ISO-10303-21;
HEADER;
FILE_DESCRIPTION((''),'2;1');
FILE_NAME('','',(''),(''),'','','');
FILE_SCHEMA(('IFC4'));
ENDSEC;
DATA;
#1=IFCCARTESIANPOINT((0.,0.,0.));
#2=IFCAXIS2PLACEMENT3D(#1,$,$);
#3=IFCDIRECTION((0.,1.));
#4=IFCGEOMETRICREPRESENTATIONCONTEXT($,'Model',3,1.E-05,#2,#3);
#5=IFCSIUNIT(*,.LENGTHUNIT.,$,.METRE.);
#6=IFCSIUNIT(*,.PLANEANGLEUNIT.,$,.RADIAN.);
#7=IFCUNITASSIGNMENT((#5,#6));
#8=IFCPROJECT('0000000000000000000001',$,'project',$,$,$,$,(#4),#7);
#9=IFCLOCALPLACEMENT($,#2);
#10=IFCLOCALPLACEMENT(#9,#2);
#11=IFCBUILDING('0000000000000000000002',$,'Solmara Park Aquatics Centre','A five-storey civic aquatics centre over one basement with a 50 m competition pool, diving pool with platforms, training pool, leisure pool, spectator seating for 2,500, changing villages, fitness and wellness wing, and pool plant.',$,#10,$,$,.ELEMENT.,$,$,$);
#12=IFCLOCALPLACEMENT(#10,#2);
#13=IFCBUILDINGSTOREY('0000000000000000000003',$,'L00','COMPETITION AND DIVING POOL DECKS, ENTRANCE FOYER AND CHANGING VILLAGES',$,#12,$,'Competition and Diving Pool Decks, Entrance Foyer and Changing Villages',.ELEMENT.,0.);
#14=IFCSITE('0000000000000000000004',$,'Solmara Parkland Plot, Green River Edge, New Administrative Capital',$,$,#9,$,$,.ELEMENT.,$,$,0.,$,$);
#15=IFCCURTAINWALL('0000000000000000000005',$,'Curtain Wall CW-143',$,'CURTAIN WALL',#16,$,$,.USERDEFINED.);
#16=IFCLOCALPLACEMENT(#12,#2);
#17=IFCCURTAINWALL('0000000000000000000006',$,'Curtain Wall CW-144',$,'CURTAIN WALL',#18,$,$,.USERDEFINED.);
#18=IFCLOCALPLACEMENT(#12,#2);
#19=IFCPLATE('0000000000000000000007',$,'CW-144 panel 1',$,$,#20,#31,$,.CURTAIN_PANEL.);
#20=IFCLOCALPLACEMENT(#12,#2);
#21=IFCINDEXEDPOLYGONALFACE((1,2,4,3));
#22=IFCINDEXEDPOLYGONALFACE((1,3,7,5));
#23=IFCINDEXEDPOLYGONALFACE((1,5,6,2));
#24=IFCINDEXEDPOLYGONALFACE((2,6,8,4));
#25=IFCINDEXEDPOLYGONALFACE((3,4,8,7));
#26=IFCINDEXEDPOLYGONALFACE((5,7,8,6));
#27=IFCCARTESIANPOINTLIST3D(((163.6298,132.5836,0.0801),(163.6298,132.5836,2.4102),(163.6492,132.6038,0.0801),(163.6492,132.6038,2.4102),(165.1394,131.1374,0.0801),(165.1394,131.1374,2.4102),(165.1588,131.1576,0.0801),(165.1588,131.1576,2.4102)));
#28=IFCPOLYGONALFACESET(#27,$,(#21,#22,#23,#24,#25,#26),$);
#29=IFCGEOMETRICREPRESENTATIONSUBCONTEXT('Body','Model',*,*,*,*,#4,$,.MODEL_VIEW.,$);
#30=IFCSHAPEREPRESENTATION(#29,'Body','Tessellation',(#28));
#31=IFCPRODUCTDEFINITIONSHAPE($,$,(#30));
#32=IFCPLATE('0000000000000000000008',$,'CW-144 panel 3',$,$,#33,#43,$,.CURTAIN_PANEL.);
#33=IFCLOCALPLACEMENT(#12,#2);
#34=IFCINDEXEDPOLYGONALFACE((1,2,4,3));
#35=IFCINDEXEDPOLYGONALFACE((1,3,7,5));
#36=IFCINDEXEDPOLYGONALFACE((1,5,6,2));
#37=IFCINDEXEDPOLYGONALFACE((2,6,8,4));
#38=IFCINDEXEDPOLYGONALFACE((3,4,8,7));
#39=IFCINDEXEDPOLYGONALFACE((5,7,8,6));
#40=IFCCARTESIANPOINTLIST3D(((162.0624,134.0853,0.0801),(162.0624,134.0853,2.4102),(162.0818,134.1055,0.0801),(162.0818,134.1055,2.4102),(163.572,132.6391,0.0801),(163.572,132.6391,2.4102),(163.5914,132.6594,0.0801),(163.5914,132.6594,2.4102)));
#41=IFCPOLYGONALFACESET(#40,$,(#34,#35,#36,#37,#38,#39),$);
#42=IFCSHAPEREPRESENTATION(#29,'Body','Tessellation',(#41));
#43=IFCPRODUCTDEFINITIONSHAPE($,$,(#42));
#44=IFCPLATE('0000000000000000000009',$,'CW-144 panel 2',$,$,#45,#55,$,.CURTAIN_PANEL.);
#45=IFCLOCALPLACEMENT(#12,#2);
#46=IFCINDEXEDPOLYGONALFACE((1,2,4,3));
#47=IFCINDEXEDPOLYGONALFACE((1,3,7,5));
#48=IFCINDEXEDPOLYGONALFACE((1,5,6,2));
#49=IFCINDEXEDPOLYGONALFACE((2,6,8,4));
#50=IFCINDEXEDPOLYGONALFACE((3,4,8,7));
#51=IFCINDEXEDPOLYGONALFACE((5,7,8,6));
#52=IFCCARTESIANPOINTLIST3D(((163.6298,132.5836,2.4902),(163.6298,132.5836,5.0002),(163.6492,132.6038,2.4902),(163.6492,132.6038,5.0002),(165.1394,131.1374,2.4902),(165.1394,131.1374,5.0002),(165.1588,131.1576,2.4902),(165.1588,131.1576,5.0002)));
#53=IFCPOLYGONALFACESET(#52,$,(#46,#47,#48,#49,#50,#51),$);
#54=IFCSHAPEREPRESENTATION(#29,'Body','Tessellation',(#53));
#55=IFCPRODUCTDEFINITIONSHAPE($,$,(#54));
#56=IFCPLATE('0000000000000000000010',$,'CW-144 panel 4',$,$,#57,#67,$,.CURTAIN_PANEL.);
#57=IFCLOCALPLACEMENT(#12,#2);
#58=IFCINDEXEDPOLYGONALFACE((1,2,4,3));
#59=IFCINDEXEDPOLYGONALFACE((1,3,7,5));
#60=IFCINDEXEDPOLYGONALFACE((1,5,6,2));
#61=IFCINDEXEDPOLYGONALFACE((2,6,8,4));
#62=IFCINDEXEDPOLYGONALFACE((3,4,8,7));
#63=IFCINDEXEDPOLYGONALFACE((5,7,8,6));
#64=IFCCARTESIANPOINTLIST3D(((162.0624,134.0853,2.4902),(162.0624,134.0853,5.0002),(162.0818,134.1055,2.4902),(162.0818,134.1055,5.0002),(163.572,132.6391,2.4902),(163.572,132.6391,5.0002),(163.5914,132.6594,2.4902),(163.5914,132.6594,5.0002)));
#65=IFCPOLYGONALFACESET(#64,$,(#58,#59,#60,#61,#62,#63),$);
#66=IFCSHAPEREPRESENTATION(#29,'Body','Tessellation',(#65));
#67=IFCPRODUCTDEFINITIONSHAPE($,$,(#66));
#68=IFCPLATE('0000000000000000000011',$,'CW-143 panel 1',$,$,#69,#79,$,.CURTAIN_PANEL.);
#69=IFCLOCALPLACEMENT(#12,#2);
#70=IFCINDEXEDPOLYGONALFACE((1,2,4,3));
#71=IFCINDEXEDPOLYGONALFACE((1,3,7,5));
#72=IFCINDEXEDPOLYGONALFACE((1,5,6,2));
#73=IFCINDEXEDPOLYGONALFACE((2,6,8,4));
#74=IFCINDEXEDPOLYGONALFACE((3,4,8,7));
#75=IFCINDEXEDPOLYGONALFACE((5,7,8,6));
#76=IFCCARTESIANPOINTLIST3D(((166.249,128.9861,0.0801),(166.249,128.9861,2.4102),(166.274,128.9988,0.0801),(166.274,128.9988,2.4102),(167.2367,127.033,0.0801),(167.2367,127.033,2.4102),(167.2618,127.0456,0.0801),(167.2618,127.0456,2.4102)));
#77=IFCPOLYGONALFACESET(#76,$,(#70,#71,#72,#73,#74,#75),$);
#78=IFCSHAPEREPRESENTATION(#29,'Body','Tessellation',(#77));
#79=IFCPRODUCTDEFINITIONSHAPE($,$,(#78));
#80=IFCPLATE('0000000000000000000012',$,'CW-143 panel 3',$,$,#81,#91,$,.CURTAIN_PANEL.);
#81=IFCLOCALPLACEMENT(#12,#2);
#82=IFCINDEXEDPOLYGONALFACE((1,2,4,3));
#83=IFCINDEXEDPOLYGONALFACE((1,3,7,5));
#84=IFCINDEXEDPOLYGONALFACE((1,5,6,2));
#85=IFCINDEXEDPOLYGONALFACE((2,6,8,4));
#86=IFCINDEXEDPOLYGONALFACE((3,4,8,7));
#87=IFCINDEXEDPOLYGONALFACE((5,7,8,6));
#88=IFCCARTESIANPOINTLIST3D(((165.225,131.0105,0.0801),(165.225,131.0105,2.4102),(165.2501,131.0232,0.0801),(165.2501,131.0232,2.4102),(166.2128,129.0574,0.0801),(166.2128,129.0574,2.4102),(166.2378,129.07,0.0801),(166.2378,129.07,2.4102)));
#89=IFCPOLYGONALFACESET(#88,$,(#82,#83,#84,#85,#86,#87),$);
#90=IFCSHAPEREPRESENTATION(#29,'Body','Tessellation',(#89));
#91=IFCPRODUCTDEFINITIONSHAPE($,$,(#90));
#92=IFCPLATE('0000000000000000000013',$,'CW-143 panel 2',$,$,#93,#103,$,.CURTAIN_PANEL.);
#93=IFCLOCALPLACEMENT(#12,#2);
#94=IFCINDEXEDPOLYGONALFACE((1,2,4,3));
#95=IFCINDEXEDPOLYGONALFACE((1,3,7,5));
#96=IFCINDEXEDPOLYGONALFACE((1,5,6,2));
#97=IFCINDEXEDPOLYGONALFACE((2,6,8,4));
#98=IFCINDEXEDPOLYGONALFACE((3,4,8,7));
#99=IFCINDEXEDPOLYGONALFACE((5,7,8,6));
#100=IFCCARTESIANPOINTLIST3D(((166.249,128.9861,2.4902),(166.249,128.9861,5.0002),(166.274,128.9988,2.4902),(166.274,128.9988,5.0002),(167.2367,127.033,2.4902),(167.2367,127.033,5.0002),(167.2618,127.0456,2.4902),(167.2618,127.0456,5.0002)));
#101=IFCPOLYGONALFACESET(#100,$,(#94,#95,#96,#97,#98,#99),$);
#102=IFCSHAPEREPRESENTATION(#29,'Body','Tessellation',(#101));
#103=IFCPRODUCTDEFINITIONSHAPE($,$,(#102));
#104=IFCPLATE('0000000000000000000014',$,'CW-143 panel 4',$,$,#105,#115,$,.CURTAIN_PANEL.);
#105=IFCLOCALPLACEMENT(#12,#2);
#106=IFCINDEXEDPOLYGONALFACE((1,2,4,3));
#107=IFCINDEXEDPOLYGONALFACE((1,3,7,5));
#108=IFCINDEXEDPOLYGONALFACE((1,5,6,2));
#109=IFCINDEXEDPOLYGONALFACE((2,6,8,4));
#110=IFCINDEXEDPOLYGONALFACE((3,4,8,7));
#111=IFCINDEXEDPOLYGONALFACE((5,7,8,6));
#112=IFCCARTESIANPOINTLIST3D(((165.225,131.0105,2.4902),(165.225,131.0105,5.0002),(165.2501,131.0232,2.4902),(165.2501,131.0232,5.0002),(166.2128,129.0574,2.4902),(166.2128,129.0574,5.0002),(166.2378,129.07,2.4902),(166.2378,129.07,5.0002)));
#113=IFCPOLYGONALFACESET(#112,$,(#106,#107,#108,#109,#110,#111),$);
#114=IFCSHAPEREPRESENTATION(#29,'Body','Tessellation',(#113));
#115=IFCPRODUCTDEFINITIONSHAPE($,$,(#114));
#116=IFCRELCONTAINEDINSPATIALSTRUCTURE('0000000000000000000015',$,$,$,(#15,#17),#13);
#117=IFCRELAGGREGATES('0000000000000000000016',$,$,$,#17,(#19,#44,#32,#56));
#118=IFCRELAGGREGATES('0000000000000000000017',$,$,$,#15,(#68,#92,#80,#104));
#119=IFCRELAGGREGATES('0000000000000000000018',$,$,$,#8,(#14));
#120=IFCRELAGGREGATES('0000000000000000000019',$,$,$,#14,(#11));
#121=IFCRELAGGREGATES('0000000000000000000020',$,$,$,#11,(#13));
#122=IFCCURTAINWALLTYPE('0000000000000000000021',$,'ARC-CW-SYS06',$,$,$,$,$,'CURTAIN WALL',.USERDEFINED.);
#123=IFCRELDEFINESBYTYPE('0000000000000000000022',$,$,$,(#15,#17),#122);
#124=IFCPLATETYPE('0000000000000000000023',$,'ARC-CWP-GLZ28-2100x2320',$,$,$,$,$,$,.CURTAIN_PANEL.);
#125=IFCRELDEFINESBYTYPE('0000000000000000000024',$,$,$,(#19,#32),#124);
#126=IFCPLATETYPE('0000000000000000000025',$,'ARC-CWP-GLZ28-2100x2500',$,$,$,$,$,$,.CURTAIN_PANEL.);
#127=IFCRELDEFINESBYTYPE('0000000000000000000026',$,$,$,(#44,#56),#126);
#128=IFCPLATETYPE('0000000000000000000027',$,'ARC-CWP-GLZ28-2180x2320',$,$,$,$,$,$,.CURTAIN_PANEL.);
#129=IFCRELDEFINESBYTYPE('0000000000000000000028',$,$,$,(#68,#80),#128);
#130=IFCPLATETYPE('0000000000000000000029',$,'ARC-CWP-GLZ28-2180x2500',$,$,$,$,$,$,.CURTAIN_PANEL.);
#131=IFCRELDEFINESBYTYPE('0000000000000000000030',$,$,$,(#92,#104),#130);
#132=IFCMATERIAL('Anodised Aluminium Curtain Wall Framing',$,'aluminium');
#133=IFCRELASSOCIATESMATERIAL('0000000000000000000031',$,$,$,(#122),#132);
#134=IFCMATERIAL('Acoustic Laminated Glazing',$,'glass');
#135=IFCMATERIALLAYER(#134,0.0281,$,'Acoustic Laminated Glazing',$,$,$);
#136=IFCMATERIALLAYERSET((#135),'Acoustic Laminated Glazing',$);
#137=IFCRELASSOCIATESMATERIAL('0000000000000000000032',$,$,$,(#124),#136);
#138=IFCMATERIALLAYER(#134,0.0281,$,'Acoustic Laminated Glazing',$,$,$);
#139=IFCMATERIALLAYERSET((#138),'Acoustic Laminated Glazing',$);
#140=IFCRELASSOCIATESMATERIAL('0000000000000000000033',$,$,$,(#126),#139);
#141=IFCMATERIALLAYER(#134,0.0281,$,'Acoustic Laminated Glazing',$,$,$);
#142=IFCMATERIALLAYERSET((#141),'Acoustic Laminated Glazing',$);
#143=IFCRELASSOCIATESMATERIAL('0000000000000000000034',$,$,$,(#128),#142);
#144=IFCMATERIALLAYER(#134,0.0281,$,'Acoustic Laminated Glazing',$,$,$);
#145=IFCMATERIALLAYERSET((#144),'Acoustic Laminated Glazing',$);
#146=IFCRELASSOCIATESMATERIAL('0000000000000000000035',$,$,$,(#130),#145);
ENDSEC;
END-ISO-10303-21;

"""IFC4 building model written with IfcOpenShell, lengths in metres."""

from ifc_helpers import new_model, si_unit, direction, frame, origin, origin_2d, place, context, subcontext, project, spatial, rectangle, extrude, material, layer, layer_set, type_object, element, aggregate, save


model = new_model("IFC4")

# Units and contexts
model_context = context("Model", 3, precision=1e-05, world=origin(), true_north=direction((0.0, 1.0)))
body_context = subcontext(model_context, "Body", "Model", "MODEL_VIEW")
ifc_project = project(units=[si_unit("LENGTHUNIT", "METRE"), si_unit("PLANEANGLEUNIT", "RADIAN")], contexts=[model_context])

# Site, building, storey
site_placement = place(None, origin())
site = spatial("IfcSite", under=ifc_project, at=site_placement, Name="Solmara Parkland Plot, Green River Edge, New Administrative Capital", CompositionType="ELEMENT", RefElevation=0.0)
building_placement = place(site_placement, origin())
building = spatial("IfcBuilding", under=site, at=building_placement, Name="Solmara Park Aquatics Centre", Description="A five-storey civic aquatics centre over one basement with a 50 m competition pool, diving pool with platforms, training pool, leisure pool, spectator seating for 2,500, changing villages, fitness and wellness wing, and pool plant.", CompositionType="ELEMENT")
storey_placement = place(building_placement, origin())
storey = spatial("IfcBuildingStorey", under=building, at=storey_placement, Name="L00", Description="COMPETITION AND DIVING POOL DECKS, ENTRANCE FOYER AND CHANGING VILLAGES", LongName="Competition and Diving Pool Decks, Entrance Foyer and Changing Villages", CompositionType="ELEMENT", Elevation=0.0)

# Curtain walls
ifc_material_1 = material(Name="Anodised Aluminium Curtain Wall Framing", Category="aluminium")
curtain_wall_type = type_object("IfcCurtainWallType", Name="ARC-CW-SYS06", ElementType="CURTAIN WALL", PredefinedType="USERDEFINED", material=ifc_material_1)
curtain_wall_1_placement = place(storey_placement, origin())
curtain_wall_1 = element("IfcCurtainWall", 1, at=curtain_wall_1_placement, inside=storey, type_object=curtain_wall_type, Name="Curtain Wall CW-143", ObjectType="CURTAIN WALL", PredefinedType="USERDEFINED")
curtain_wall_2_placement = place(storey_placement, origin())
curtain_wall_2 = element("IfcCurtainWall", 2, at=curtain_wall_2_placement, inside=storey, type_object=curtain_wall_type, Name="Curtain Wall CW-144", ObjectType="CURTAIN WALL", PredefinedType="USERDEFINED")

# Plates
ifc_material_2 = material(Name="Acoustic Laminated Glazing", Category="glass")
ifc_layer_1 = layer(ifc_material_2, 0.0281, Name="Acoustic Laminated Glazing")
ifc_layer_set_1 = layer_set([ifc_layer_1], Name="Acoustic Laminated Glazing")
plate_type_1 = type_object("IfcPlateType", Name="ARC-CWP-GLZ28-2100x2320", PredefinedType="CURTAIN_PANEL", material=ifc_layer_set_1)
plate_1_placement = place(storey_placement, frame((164.3943, 131.8706, 0.0801), z_axis=(0.0, 0.0, 1.0), x_axis=(-0.722121, 0.691766, 0.0)))
plate_1 = element("IfcPlate", 3, at=plate_1_placement, type_object=plate_type_1, Name="CW-144 panel 1", PredefinedType="CURTAIN_PANEL", context=body_context, shape_type="SweptSolid", body=[
    extrude(rectangle(XDim=2.0906, YDim=0.0281, at=origin_2d()), origin(), (0.0, 0.0, 1.0), 2.3301),
])
plate_2_placement = place(storey_placement, frame((162.8269, 133.3723, 0.0801), z_axis=(0.0, 0.0, 1.0), x_axis=(-0.722121, 0.691766, 0.0)))
plate_2 = element("IfcPlate", 4, at=plate_2_placement, type_object=plate_type_1, Name="CW-144 panel 3", PredefinedType="CURTAIN_PANEL", context=body_context, shape_type="SweptSolid", body=[
    extrude(rectangle(XDim=2.0906, YDim=0.0281, at=origin_2d()), origin(), (0.0, 0.0, 1.0), 2.3301),
])
ifc_layer_2 = layer(ifc_material_2, 0.0281, Name="Acoustic Laminated Glazing")
ifc_layer_set_2 = layer_set([ifc_layer_2], Name="Acoustic Laminated Glazing")
plate_type_2 = type_object("IfcPlateType", Name="ARC-CWP-GLZ28-2100x2500", PredefinedType="CURTAIN_PANEL", material=ifc_layer_set_2)
plate_3_placement = place(storey_placement, frame((164.3943, 131.8706, 2.4902), z_axis=(0.0, 0.0, 1.0), x_axis=(-0.722121, 0.691766, 0.0)))
plate_3 = element("IfcPlate", 5, at=plate_3_placement, type_object=plate_type_2, Name="CW-144 panel 2", PredefinedType="CURTAIN_PANEL", context=body_context, shape_type="SweptSolid", body=[
    extrude(rectangle(XDim=2.0906, YDim=0.0281, at=origin_2d()), origin(), (0.0, 0.0, 1.0), 2.51),
])
plate_4_placement = place(storey_placement, frame((162.8269, 133.3723, 2.4902), z_axis=(0.0, 0.0, 1.0), x_axis=(-0.722121, 0.691766, 0.0)))
plate_4 = element("IfcPlate", 6, at=plate_4_placement, type_object=plate_type_2, Name="CW-144 panel 4", PredefinedType="CURTAIN_PANEL", context=body_context, shape_type="SweptSolid", body=[
    extrude(rectangle(XDim=2.0906, YDim=0.0281, at=origin_2d()), origin(), (0.0, 0.0, 1.0), 2.51),
])
aggregate(curtain_wall_2, [plate_1, plate_3, plate_2, plate_4])
ifc_layer_3 = layer(ifc_material_2, 0.0281, Name="Acoustic Laminated Glazing")
ifc_layer_set_3 = layer_set([ifc_layer_3], Name="Acoustic Laminated Glazing")
plate_type_3 = type_object("IfcPlateType", Name="ARC-CWP-GLZ28-2180x2320", PredefinedType="CURTAIN_PANEL", material=ifc_layer_set_3)
plate_5_placement = place(storey_placement, frame((166.7554, 128.0159, 0.0801), z_axis=(0.0, 0.0, 1.0), x_axis=(-0.451289, 0.892378, 0.0)))
plate_5 = element("IfcPlate", 7, at=plate_5_placement, type_object=plate_type_3, Name="CW-143 panel 1", PredefinedType="CURTAIN_PANEL", context=body_context, shape_type="SweptSolid", body=[
    extrude(rectangle(XDim=2.1887, YDim=0.0281, at=origin_2d()), origin(), (0.0, 0.0, 1.0), 2.3301),
])
plate_6_placement = place(storey_placement, frame((165.7314, 130.0403, 0.0801), z_axis=(0.0, 0.0, 1.0), x_axis=(-0.451289, 0.892378, 0.0)))
plate_6 = element("IfcPlate", 8, at=plate_6_placement, type_object=plate_type_3, Name="CW-143 panel 3", PredefinedType="CURTAIN_PANEL", context=body_context, shape_type="SweptSolid", body=[
    extrude(rectangle(XDim=2.1887, YDim=0.0281, at=origin_2d()), origin(), (0.0, 0.0, 1.0), 2.3301),
])
ifc_layer_4 = layer(ifc_material_2, 0.0281, Name="Acoustic Laminated Glazing")
ifc_layer_set_4 = layer_set([ifc_layer_4], Name="Acoustic Laminated Glazing")
plate_type_4 = type_object("IfcPlateType", Name="ARC-CWP-GLZ28-2180x2500", PredefinedType="CURTAIN_PANEL", material=ifc_layer_set_4)
plate_7_placement = place(storey_placement, frame((166.7554, 128.0159, 2.4902), z_axis=(0.0, 0.0, 1.0), x_axis=(-0.451289, 0.892378, 0.0)))
plate_7 = element("IfcPlate", 9, at=plate_7_placement, type_object=plate_type_4, Name="CW-143 panel 2", PredefinedType="CURTAIN_PANEL", context=body_context, shape_type="SweptSolid", body=[
    extrude(rectangle(XDim=2.1887, YDim=0.0281, at=origin_2d()), origin(), (0.0, 0.0, 1.0), 2.51),
])
plate_8_placement = place(storey_placement, frame((165.7314, 130.0403, 2.4902), z_axis=(0.0, 0.0, 1.0), x_axis=(-0.451289, 0.892378, 0.0)))
plate_8 = element("IfcPlate", 10, at=plate_8_placement, type_object=plate_type_4, Name="CW-143 panel 4", PredefinedType="CURTAIN_PANEL", context=body_context, shape_type="SweptSolid", body=[
    extrude(rectangle(XDim=2.1887, YDim=0.0281, at=origin_2d()), origin(), (0.0, 0.0, 1.0), 2.51),
])
aggregate(curtain_wall_1, [plate_5, plate_7, plate_6, plate_8])

save(model, "model.ifc")
